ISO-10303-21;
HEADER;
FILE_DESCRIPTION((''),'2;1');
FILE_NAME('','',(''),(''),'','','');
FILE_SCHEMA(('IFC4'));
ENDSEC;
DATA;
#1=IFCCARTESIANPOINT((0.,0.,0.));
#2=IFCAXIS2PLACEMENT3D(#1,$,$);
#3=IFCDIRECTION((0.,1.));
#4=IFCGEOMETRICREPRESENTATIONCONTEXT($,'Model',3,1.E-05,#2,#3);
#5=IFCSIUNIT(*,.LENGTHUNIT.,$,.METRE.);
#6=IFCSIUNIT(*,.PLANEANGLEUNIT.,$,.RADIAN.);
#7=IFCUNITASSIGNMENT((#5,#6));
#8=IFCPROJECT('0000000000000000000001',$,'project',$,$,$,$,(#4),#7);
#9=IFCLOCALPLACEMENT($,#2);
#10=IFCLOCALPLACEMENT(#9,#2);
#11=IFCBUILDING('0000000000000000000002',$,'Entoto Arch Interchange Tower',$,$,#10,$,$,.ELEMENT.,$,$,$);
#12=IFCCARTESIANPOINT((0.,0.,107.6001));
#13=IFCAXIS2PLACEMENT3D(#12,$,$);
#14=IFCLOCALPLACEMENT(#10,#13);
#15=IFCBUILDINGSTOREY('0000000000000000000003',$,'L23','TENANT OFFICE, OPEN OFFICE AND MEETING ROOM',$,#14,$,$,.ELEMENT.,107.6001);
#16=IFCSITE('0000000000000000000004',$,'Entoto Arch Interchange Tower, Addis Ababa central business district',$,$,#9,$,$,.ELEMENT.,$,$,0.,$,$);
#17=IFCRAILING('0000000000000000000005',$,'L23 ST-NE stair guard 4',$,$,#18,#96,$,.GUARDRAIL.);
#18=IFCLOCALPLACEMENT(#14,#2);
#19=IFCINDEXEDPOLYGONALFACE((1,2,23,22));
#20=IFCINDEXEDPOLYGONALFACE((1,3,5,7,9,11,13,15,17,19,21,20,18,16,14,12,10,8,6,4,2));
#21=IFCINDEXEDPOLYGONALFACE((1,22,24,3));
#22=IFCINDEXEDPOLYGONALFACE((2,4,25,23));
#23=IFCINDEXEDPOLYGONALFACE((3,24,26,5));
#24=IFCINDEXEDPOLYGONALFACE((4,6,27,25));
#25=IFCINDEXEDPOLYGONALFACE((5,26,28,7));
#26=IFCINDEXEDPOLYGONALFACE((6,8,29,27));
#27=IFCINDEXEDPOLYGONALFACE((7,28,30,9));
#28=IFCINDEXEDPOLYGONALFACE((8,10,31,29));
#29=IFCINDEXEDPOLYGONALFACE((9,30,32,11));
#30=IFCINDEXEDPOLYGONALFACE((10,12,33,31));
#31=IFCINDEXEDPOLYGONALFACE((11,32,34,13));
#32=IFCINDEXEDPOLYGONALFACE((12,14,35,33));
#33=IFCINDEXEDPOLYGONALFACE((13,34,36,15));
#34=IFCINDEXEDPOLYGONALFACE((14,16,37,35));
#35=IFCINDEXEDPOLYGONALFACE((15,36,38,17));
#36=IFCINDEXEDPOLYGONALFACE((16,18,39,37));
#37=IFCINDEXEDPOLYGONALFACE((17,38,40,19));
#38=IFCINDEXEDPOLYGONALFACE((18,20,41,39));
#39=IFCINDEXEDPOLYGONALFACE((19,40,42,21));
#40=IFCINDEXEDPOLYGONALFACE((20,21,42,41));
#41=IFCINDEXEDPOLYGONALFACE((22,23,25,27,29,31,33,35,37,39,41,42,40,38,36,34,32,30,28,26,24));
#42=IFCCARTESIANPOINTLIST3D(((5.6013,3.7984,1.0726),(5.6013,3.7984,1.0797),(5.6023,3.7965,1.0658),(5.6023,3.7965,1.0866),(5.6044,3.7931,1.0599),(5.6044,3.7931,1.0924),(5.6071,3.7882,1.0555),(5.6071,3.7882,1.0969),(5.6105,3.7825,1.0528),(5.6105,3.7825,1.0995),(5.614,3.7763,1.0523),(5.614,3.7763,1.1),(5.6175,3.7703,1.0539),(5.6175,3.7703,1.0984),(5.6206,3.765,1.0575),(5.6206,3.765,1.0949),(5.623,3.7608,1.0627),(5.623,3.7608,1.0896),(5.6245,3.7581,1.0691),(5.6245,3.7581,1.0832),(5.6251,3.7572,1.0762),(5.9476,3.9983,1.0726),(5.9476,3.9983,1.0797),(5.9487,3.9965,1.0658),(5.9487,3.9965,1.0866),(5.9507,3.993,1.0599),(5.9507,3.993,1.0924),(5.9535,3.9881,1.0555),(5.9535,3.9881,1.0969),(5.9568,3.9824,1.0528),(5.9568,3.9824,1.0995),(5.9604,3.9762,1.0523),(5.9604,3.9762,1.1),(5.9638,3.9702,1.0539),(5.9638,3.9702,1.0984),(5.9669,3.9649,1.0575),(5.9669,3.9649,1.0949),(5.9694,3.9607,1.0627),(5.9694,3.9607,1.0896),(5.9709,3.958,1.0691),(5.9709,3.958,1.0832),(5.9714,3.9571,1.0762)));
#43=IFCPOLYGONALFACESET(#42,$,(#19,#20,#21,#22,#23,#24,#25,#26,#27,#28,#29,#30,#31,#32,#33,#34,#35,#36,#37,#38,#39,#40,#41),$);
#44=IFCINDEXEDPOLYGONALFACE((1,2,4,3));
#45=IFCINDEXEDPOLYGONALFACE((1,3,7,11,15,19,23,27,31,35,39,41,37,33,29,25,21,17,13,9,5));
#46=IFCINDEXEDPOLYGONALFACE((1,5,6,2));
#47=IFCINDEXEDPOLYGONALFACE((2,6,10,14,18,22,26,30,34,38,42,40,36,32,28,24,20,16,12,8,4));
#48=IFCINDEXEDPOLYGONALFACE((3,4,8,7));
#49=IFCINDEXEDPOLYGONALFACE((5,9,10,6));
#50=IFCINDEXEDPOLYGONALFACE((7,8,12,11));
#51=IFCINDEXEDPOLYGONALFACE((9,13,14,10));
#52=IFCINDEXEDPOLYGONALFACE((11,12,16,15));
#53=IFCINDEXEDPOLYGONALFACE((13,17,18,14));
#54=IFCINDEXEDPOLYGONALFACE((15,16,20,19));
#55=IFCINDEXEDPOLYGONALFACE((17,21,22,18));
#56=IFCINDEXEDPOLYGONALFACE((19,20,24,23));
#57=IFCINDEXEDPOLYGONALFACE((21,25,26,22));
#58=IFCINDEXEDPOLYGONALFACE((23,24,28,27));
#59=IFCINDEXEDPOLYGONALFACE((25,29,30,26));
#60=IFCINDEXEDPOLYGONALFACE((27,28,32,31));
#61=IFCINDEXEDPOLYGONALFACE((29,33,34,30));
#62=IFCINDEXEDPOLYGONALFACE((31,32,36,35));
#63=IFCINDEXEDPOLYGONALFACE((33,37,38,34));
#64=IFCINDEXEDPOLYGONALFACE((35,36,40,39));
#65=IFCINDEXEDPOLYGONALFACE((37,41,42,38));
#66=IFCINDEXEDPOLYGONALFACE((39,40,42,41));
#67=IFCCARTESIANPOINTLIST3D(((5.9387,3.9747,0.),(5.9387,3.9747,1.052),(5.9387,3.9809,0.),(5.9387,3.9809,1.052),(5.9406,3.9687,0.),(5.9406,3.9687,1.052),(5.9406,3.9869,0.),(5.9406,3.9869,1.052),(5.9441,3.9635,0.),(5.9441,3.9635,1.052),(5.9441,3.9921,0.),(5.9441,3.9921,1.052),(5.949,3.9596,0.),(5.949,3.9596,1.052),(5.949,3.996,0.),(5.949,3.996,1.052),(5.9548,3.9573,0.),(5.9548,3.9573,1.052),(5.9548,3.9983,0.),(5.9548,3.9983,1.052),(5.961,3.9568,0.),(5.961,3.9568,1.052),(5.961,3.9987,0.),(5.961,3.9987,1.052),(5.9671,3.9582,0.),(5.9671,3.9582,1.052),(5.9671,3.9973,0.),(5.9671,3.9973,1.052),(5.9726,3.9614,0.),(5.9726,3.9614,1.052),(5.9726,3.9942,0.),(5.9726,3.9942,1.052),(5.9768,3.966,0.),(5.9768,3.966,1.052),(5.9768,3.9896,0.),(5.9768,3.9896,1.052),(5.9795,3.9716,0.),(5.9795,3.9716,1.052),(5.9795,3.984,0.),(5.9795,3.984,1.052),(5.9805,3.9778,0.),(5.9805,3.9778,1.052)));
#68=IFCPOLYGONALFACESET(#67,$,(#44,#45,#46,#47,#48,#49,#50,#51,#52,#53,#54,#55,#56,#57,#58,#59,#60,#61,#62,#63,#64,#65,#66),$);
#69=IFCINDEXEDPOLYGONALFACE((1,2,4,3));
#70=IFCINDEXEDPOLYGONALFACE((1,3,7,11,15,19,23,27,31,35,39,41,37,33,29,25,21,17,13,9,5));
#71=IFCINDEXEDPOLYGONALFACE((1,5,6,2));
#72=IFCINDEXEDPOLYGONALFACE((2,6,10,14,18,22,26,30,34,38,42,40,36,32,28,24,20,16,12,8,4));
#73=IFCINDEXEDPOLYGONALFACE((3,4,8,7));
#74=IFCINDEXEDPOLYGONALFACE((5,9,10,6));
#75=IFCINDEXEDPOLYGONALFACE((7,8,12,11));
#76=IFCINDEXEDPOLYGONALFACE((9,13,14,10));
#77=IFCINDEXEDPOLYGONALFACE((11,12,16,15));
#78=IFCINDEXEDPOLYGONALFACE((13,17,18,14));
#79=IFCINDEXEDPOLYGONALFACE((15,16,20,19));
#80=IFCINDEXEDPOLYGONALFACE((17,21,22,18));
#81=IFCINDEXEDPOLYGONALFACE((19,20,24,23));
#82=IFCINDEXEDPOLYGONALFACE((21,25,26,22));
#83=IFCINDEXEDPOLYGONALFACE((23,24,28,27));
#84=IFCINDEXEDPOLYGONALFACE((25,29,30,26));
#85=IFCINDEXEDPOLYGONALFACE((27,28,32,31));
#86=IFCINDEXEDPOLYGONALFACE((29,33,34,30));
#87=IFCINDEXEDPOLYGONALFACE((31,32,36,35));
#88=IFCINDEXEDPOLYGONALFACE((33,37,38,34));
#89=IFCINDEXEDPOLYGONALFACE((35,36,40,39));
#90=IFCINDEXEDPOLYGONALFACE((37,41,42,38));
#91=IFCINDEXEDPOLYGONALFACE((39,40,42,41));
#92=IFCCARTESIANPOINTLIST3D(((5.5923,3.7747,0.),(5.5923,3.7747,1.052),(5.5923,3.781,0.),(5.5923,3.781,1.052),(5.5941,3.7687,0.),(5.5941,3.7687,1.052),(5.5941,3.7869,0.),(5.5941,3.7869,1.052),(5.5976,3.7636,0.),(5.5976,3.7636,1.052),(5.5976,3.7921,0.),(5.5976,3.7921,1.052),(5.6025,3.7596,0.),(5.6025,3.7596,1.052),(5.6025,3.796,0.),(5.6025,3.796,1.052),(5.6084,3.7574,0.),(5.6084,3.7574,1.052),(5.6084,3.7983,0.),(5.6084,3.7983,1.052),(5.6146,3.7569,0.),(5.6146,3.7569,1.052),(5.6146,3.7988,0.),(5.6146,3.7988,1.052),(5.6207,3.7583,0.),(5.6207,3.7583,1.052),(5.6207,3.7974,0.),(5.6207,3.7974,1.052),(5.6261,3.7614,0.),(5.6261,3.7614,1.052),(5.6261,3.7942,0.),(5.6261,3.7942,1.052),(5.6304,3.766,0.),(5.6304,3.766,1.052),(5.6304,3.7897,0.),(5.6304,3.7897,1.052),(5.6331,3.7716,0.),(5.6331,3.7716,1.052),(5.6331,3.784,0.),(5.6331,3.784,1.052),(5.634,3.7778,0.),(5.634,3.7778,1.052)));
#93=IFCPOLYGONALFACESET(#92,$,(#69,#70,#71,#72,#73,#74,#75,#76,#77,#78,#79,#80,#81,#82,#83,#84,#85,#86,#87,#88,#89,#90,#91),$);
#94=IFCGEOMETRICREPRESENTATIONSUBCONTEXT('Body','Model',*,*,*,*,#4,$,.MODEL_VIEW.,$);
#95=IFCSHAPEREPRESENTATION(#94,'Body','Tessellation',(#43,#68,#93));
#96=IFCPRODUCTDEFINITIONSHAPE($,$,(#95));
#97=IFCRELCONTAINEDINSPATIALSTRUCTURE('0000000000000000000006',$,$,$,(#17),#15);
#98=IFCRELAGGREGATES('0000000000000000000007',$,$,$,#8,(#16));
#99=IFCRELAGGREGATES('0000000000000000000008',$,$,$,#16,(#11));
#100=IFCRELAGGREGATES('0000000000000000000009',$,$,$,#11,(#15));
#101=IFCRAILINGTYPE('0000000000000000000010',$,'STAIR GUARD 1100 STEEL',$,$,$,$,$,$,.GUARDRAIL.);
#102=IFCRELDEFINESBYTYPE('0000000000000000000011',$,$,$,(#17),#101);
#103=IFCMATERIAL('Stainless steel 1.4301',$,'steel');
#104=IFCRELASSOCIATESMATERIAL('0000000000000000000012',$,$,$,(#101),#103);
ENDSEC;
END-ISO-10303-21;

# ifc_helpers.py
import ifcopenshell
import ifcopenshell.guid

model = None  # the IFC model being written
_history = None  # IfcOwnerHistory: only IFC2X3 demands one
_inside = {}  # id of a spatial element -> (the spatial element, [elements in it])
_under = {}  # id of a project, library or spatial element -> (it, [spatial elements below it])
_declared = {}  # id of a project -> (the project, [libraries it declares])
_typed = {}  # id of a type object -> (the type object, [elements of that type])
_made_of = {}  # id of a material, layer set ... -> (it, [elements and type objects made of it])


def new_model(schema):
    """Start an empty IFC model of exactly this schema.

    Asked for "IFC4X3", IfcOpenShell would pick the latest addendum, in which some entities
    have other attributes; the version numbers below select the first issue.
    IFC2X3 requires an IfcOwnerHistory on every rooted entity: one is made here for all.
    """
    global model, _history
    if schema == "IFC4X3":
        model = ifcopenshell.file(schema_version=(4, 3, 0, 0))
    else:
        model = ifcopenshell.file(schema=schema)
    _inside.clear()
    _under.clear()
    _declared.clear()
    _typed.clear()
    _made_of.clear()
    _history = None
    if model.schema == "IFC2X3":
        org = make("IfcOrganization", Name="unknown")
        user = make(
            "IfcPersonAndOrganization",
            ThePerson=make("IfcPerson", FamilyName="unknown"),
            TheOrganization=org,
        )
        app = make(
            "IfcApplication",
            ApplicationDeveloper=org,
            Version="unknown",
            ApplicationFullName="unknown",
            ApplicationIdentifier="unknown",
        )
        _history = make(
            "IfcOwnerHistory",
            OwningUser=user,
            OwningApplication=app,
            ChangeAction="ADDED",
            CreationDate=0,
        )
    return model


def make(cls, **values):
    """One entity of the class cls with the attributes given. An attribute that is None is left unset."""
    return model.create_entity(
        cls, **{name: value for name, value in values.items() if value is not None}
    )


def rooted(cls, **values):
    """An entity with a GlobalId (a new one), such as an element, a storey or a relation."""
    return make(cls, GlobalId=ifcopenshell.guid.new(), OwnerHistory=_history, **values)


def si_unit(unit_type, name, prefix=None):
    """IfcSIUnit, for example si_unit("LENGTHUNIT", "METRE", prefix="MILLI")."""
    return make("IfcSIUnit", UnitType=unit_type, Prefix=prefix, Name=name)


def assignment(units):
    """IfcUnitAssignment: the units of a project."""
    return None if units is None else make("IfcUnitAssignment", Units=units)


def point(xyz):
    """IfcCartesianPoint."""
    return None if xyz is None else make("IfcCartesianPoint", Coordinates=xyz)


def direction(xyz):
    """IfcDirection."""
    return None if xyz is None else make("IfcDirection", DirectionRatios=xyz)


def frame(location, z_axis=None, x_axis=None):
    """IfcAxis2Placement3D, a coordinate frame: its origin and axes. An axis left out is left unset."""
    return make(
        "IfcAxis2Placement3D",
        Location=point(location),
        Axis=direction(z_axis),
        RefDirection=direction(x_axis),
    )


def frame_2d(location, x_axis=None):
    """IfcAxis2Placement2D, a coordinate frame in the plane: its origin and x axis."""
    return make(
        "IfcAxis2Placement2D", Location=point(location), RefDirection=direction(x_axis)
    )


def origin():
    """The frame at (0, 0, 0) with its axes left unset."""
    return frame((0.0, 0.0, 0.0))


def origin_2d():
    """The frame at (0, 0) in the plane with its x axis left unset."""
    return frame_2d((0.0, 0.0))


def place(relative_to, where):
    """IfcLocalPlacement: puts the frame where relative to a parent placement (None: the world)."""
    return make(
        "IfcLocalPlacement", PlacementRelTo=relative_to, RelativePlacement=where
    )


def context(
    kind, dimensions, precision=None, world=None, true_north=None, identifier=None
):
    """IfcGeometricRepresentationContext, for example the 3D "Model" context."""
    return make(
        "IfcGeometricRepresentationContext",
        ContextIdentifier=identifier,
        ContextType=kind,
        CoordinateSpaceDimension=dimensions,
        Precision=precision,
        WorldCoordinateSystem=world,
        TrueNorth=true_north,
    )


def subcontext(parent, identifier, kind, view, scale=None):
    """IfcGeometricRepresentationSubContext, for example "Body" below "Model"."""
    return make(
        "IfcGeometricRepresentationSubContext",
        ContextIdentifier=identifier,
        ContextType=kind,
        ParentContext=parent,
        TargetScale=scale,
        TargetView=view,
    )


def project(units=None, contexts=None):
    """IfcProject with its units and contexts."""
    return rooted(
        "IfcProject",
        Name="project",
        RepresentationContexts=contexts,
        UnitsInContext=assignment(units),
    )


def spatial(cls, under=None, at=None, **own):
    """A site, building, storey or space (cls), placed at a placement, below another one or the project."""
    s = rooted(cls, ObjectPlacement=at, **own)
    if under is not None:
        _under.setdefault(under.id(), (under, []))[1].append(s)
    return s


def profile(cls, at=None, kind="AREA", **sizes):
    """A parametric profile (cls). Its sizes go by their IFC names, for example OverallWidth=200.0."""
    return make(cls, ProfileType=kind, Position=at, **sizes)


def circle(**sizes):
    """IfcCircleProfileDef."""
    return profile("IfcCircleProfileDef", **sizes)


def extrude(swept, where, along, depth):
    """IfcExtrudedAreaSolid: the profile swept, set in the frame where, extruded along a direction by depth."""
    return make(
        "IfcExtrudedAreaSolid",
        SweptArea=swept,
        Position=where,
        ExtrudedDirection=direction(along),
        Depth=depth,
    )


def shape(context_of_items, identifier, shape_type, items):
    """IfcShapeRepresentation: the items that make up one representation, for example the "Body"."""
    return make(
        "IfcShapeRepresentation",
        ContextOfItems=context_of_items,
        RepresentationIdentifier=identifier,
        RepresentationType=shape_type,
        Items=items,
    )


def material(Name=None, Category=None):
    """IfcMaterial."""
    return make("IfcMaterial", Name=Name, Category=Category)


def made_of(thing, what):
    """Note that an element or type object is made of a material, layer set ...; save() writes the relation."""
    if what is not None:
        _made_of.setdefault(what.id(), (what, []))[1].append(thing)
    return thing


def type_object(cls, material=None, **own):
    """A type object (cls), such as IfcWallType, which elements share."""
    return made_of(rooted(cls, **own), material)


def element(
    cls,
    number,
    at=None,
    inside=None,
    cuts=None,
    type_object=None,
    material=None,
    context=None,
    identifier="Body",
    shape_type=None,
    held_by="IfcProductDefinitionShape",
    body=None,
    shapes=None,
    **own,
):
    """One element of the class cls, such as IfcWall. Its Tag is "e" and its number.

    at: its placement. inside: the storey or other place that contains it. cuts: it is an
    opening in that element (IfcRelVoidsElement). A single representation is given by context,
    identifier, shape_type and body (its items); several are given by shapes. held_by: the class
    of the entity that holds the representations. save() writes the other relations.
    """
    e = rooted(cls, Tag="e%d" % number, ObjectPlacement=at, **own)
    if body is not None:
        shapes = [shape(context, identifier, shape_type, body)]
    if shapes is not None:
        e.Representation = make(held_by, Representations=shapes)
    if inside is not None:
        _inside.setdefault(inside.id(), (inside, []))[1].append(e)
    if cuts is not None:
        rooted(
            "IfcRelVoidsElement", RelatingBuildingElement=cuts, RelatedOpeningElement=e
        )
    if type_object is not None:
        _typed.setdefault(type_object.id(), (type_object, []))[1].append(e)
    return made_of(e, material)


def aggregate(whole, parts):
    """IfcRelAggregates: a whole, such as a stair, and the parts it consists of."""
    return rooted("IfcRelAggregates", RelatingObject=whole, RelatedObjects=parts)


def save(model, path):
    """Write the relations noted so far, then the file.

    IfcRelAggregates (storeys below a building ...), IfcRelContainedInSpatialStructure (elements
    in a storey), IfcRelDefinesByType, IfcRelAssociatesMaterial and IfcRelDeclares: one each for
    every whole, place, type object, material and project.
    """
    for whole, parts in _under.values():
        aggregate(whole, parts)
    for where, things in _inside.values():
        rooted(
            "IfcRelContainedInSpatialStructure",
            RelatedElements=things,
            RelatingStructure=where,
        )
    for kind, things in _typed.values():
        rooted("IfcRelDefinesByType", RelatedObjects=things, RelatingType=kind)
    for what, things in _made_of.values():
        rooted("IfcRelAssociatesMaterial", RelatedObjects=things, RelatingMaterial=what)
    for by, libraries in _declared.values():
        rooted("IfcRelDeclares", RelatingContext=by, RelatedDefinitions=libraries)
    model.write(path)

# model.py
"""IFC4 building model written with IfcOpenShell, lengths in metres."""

from ifc_helpers import new_model, si_unit, direction, frame, origin, origin_2d, place, context, subcontext, project, spatial, circle, extrude, material, type_object, element, save


model = new_model("IFC4")

# Units and contexts
model_context = context("Model", 3, precision=1e-05, world=origin(), true_north=direction((0.0, 1.0)))
body_context = subcontext(model_context, "Body", "Model", "MODEL_VIEW")
ifc_project = project(units=[si_unit("LENGTHUNIT", "METRE"), si_unit("PLANEANGLEUNIT", "RADIAN")], contexts=[model_context])

# Site, building, storey
site_placement = place(None, origin())
site = spatial("IfcSite", under=ifc_project, at=site_placement, Name="Entoto Arch Interchange Tower, Addis Ababa central business district", CompositionType="ELEMENT", RefElevation=0.0)
building_placement = place(site_placement, origin())
building = spatial("IfcBuilding", under=site, at=building_placement, Name="Entoto Arch Interchange Tower", CompositionType="ELEMENT")
storey_placement = place(building_placement, frame((0.0, 0.0, 107.6001)))
storey = spatial("IfcBuildingStorey", under=building, at=storey_placement, Name="L23", Description="TENANT OFFICE, OPEN OFFICE AND MEETING ROOM", CompositionType="ELEMENT", Elevation=107.6001)

# Railing
ifc_material_1 = material(Name="Stainless steel 1.4301", Category="steel")
railing_type_1 = type_object("IfcRailingType", Name="STAIR GUARD 1100 STEEL", PredefinedType="GUARDRAIL", material=ifc_material_1)
railing_1_placement = place(storey_placement, frame((5.9595, 3.9778, 0.0)))
element("IfcRailing", 1, at=railing_1_placement, inside=storey, type_object=railing_type_1, Name="L23 ST-NE stair guard 4", PredefinedType="GUARDRAIL", context=body_context, shape_type="SweptSolid", body=[
    extrude(circle(Radius=0.0239, at=origin_2d()), frame((0.0, 0.0, 1.0762), z_axis=(-0.866094, -0.499881, 0.0), x_axis=(0.499881, -0.866094, 0.0)), (0.0, 0.0, 1.0), 0.3999),
    extrude(circle(Radius=0.021, at=origin_2d()), origin(), (0.0, 0.0, 1.0), 1.052),
    extrude(circle(Radius=0.021, at=origin_2d()), frame((-0.3464, -0.2, 0.0)), (0.0, 0.0, 1.0), 1.052),
])

save(model, "model.ifc")
